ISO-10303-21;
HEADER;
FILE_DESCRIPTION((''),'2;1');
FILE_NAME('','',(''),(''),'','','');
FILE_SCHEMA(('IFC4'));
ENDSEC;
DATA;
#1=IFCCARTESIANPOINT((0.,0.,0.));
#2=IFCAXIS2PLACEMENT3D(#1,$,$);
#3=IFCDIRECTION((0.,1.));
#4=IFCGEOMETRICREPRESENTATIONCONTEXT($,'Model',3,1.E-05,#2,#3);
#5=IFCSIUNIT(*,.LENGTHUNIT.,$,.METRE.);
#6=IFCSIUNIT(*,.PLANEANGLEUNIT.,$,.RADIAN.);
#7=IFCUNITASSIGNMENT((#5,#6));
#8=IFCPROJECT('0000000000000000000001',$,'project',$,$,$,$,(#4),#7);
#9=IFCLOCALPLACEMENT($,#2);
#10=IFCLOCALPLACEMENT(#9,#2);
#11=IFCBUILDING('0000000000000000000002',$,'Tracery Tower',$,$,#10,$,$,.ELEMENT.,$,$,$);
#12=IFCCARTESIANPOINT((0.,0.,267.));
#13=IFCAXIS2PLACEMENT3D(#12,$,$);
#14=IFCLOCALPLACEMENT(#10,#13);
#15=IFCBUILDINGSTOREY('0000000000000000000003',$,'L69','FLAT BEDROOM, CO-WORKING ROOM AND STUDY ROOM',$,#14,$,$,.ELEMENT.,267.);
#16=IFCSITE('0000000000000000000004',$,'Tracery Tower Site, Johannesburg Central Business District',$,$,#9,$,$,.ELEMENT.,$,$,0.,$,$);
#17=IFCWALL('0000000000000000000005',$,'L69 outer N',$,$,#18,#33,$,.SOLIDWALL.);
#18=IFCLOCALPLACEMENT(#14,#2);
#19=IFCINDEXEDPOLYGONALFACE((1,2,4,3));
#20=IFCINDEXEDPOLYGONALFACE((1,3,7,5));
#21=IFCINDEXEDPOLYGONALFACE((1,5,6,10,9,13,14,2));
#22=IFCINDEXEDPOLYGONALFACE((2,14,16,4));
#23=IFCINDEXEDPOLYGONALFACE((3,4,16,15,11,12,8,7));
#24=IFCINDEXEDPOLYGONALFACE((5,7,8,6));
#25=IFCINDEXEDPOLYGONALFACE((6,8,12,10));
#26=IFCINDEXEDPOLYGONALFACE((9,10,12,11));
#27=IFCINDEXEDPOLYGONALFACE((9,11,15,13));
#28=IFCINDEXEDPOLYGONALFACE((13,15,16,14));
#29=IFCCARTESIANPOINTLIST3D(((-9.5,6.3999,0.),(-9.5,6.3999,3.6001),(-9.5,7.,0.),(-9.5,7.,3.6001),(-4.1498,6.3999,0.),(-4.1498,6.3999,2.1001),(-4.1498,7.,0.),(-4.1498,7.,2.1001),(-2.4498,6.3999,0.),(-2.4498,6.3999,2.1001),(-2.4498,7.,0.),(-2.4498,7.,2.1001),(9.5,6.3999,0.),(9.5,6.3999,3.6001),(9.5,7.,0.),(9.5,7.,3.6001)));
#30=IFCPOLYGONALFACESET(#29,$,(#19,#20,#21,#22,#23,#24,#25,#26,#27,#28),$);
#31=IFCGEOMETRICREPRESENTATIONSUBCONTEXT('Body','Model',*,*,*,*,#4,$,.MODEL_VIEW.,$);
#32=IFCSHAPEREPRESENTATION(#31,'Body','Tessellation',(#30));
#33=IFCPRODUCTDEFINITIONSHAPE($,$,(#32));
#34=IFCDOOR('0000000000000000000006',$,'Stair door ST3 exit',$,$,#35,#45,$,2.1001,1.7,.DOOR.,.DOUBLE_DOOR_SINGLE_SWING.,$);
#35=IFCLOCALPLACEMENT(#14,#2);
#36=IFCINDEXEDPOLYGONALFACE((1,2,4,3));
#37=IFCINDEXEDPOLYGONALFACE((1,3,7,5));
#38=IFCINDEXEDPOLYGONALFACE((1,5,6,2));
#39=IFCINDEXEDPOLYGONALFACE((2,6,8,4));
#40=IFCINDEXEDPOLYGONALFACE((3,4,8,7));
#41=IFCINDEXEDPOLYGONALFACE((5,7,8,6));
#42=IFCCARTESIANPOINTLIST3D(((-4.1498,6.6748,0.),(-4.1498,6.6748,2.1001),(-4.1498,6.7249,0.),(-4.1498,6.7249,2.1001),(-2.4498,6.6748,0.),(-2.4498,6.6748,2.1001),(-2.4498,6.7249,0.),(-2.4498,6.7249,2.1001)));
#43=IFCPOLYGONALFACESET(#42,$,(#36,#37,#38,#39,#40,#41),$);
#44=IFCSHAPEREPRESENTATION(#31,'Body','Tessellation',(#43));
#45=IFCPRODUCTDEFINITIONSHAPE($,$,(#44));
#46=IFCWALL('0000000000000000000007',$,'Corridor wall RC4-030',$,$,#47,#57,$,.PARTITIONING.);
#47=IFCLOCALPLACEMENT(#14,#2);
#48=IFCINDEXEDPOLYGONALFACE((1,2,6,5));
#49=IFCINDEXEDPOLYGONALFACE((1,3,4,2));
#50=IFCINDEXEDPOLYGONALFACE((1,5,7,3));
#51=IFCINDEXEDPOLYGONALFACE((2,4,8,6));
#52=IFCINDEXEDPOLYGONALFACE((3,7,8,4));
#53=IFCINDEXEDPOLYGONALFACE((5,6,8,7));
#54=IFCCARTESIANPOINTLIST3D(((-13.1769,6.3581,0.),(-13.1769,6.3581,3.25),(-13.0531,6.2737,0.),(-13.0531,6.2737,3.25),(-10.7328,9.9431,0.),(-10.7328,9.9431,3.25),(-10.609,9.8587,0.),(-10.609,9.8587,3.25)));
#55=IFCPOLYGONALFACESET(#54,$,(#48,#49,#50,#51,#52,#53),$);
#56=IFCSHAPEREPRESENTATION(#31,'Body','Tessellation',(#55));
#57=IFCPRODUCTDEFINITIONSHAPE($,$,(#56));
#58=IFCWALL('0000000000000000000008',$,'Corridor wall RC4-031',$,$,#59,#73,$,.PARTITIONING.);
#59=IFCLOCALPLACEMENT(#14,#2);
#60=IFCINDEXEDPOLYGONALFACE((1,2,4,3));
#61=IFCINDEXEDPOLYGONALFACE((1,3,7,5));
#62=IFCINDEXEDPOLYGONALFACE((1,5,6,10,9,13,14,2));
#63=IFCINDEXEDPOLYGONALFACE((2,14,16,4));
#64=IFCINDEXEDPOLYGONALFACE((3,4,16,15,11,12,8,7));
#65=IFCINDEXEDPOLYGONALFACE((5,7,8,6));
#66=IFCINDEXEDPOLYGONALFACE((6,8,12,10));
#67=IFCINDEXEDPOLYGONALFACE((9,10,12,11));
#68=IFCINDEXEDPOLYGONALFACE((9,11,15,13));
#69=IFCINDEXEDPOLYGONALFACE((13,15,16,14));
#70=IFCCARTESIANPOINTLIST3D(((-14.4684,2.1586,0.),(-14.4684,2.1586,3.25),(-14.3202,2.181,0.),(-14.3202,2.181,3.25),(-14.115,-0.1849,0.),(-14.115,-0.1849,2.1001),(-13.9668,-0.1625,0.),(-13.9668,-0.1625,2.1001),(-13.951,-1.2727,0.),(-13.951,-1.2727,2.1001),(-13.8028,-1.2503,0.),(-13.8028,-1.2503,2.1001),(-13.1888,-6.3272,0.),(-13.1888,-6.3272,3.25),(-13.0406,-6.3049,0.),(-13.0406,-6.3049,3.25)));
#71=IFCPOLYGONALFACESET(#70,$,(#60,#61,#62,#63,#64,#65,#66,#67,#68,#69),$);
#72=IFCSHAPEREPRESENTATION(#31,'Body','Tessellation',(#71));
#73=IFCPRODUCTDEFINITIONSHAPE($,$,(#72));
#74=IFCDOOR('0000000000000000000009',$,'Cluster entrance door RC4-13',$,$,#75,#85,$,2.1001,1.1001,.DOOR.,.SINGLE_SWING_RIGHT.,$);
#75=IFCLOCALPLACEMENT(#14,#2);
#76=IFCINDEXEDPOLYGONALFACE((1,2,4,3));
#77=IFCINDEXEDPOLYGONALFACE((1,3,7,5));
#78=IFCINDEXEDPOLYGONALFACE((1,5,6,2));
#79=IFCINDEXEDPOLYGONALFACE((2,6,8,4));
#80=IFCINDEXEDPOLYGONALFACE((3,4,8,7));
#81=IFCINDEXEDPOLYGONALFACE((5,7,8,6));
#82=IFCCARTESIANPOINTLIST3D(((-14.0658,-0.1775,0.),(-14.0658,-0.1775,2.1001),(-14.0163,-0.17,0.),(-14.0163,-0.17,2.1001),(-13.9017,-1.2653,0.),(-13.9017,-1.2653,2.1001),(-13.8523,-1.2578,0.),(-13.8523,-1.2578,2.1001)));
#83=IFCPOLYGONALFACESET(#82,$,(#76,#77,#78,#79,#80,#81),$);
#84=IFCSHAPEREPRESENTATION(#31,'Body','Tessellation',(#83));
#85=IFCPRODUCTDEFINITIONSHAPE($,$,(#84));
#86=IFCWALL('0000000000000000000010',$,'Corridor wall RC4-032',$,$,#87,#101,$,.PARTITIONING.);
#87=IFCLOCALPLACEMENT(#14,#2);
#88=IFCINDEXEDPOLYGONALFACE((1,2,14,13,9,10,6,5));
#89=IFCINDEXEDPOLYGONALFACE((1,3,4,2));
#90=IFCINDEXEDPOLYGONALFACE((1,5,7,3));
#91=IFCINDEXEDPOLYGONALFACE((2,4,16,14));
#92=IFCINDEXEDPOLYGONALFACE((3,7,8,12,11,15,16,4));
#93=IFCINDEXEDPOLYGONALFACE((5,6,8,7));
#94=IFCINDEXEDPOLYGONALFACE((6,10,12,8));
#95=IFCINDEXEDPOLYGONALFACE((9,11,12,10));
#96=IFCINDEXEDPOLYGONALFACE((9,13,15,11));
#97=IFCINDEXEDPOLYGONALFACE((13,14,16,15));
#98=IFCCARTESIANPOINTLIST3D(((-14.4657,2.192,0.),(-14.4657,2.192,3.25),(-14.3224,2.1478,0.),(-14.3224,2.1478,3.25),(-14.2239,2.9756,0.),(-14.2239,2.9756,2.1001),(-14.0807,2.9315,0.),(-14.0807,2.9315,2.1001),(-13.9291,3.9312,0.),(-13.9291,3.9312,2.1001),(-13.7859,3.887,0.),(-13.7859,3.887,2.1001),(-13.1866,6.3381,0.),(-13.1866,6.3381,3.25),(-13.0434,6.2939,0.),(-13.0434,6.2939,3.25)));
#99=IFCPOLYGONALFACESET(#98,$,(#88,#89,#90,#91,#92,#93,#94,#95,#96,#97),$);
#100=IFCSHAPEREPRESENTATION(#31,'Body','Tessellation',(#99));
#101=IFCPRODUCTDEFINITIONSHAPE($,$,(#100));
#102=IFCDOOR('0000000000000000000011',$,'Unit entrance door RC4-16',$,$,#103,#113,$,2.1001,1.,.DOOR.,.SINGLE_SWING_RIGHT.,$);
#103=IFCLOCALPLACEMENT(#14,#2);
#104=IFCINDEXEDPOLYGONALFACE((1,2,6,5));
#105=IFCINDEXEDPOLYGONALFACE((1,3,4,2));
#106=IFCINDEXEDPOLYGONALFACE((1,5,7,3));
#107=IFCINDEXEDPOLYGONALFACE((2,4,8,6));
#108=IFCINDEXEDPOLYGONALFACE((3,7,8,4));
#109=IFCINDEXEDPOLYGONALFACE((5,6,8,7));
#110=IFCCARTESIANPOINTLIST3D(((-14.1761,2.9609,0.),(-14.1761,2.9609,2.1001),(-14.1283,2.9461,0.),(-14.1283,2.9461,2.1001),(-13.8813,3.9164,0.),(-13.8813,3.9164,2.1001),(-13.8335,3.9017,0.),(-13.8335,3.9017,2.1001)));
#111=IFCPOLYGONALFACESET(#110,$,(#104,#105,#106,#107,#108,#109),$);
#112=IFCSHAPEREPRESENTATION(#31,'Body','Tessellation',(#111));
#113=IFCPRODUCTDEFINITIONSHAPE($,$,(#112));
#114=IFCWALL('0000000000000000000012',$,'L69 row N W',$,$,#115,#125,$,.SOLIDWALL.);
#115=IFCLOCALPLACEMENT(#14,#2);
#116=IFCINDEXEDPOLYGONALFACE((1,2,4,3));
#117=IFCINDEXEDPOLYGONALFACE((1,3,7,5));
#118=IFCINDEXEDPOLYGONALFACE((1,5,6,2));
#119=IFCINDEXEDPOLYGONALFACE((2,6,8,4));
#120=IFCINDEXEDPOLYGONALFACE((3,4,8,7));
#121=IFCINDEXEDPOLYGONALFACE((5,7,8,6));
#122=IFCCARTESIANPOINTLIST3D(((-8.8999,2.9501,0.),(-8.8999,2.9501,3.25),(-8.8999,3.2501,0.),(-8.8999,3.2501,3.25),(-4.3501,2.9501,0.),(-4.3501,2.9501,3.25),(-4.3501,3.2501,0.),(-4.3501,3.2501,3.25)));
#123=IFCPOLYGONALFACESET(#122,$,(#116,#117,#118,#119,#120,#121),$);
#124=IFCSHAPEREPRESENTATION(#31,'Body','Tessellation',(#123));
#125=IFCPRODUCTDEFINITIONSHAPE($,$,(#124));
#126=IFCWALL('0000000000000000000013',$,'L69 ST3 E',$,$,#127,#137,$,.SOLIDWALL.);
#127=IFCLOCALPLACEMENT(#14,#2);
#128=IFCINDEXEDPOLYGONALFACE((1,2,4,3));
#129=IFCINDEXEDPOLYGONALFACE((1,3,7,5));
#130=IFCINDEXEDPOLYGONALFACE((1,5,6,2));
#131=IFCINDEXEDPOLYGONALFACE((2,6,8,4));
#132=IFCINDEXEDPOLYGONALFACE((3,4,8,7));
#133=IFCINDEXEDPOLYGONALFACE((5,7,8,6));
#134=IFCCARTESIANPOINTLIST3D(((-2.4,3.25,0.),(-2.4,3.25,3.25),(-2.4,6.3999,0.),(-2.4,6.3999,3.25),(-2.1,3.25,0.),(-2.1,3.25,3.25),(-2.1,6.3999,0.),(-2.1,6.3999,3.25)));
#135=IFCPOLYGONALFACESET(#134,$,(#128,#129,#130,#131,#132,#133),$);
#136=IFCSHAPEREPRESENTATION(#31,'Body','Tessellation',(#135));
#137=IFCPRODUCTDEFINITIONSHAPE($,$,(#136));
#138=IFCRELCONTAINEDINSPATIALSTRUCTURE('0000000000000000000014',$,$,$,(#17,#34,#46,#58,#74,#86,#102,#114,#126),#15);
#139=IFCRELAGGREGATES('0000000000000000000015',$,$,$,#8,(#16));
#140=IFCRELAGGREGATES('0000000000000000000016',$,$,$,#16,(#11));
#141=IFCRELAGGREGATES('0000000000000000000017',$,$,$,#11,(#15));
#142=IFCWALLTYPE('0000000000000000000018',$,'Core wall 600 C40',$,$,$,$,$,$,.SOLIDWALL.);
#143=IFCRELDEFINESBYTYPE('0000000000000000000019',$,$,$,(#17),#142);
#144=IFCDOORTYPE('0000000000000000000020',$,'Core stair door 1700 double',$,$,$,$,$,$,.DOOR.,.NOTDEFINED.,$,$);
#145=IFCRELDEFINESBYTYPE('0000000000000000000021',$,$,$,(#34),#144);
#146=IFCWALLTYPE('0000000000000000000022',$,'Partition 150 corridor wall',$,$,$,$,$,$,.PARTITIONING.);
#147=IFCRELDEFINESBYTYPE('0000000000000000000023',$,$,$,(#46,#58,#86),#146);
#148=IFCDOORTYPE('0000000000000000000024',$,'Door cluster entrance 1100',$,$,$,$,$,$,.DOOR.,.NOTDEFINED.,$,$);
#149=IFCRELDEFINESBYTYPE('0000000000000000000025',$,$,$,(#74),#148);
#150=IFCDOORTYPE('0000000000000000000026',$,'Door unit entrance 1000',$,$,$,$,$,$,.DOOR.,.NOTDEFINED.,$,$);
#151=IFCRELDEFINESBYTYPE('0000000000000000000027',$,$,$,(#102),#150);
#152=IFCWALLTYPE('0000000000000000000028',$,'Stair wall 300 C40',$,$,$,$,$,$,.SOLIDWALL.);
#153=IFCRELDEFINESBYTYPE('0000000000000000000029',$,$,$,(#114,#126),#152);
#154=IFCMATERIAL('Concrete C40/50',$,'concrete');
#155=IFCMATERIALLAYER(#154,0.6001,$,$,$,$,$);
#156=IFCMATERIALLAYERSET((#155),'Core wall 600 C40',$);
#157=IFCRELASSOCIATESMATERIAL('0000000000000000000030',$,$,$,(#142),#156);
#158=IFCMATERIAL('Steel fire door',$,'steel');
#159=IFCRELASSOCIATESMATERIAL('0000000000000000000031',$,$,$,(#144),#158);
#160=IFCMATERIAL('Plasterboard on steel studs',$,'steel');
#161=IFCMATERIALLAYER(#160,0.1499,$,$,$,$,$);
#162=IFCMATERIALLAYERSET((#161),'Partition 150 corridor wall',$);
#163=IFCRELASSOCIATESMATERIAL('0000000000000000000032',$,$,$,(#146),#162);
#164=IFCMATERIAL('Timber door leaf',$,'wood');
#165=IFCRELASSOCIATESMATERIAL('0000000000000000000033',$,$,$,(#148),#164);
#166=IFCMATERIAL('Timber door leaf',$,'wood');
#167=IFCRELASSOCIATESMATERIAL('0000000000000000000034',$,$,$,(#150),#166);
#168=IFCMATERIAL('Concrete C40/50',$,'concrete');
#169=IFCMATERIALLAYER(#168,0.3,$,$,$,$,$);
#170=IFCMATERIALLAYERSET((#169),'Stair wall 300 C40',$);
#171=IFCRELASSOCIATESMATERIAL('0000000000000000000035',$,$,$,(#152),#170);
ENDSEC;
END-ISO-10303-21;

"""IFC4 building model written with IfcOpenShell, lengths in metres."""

from ifc_helpers import new_model, si_unit, direction, frame, frame_2d, origin, place, context, subcontext, project, spatial, rectangle, extrude, material, layer, layer_set, type_object, element, fill, save


model = new_model("IFC4")

# Units and contexts
model_context = context("Model", 3, precision=1e-05, world=origin(), true_north=direction((0.0, 1.0)))
body_context = subcontext(model_context, "Body", "Model", "MODEL_VIEW")
ifc_project = project(units=[si_unit("LENGTHUNIT", "METRE"), si_unit("PLANEANGLEUNIT", "RADIAN")], contexts=[model_context])

# Site, building, storey
site_placement = place(None, origin())
site = spatial("IfcSite", under=ifc_project, at=site_placement, Name="Tracery Tower Site, Johannesburg Central Business District", CompositionType="ELEMENT", RefElevation=0.0)
building_placement = place(site_placement, origin())
building = spatial("IfcBuilding", under=site, at=building_placement, Name="Tracery Tower", CompositionType="ELEMENT")
storey_placement = place(building_placement, frame((0.0, 0.0, 267.0)))
storey = spatial("IfcBuildingStorey", under=building, at=storey_placement, Name="L69", Description="FLAT BEDROOM, CO-WORKING ROOM AND STUDY ROOM", CompositionType="ELEMENT", Elevation=267.0)

# Wall, opening, door
ifc_material_1 = material(Name="Concrete C40/50", Category="concrete")
ifc_layer_1 = layer(ifc_material_1, 0.6001)
ifc_layer_set_1 = layer_set([ifc_layer_1], Name="Core wall 600 C40")
wall_type_1 = type_object("IfcWallType", Name="Core wall 600 C40", PredefinedType="SOLIDWALL", material=ifc_layer_set_1)
wall_1_placement = place(storey_placement, frame((-9.5, 6.7, 0.0), z_axis=(0.0, 0.0, 1.0), x_axis=(1.0, 0.0, 0.0)))
wall_1 = element("IfcWall", 1, at=wall_1_placement, inside=storey, type_object=wall_type_1, Name="L69 outer N", PredefinedType="SOLIDWALL", context=body_context, shape_type="SweptSolid", body=[
    extrude(rectangle(XDim=19.0, YDim=0.6001, at=frame_2d((9.5, 0.0))), origin(), (0.0, 0.0, 1.0), 3.6001),
])
opening_1_placement = place(wall_1_placement, frame((5.3501, 0.0, 0.0)))
opening_1 = element("IfcOpeningElement", 2, at=opening_1_placement, cuts=wall_1, PredefinedType="OPENING", context=body_context, shape_type="SweptSolid", body=[
    extrude(rectangle(XDim=1.7, YDim=2.1001, at=frame_2d((0.8501, 1.05))), frame((0.0, 0.3, 0.0), z_axis=(0.0, -1.0, 0.0), x_axis=(1.0, 0.0, 0.0)), (0.0, 0.0, 1.0), 0.6001),
])
ifc_material_2 = material(Name="Steel fire door", Category="steel")
door_type_1 = type_object("IfcDoorType", Name="Core stair door 1700 double", OperationType="NOTDEFINED", PredefinedType="DOOR", material=ifc_material_2)
door_1_placement = place(opening_1_placement, origin())
door_1 = element("IfcDoor", 3, at=door_1_placement, inside=storey, type_object=door_type_1, Name="Stair door ST3 exit", OperationType="DOUBLE_DOOR_SINGLE_SWING", OverallHeight=2.1001, OverallWidth=1.7, PredefinedType="DOOR", context=body_context, shape_type="SweptSolid", body=[
    extrude(rectangle(XDim=1.7, YDim=2.1001, at=frame_2d((0.8501, 1.05))), frame((0.0, 0.0249, 0.0), z_axis=(0.0, -1.0, 0.0), x_axis=(1.0, 0.0, 0.0)), (0.0, 0.0, 1.0), 0.05),
])
fill(opening_1, door_1)

# Wall
ifc_material_3 = material(Name="Plasterboard on steel studs", Category="steel")
ifc_layer_2 = layer(ifc_material_3, 0.1499)
ifc_layer_set_2 = layer_set([ifc_layer_2], Name="Partition 150 corridor wall")
wall_type_2 = type_object("IfcWallType", Name="Partition 150 corridor wall", PredefinedType="PARTITIONING", material=ifc_layer_set_2)
wall_2_placement = place(storey_placement, frame((-13.115, 6.3159, 0.0), z_axis=(0.0, 0.0, 1.0), x_axis=(0.563305, 0.826249, 0.0)))
element("IfcWall", 4, at=wall_2_placement, inside=storey, type_object=wall_type_2, Name="Corridor wall RC4-030", PredefinedType="PARTITIONING", context=body_context, shape_type="SweptSolid", body=[
    extrude(rectangle(XDim=4.3389, YDim=0.1499, at=frame_2d((2.1694, 0.0))), origin(), (0.0, 0.0, 1.0), 3.25),
])

# Walls, openings, doors
wall_3_placement = place(storey_placement, frame((-14.3943, 2.1699, 0.0), z_axis=(0.0, 0.0, 1.0), x_axis=(0.1491, -0.988822, 0.0)))
wall_3 = element("IfcWall", 5, at=wall_3_placement, inside=storey, type_object=wall_type_2, Name="Corridor wall RC4-031", PredefinedType="PARTITIONING", context=body_context, shape_type="SweptSolid", body=[
    extrude(rectangle(XDim=8.5818, YDim=0.1499, at=frame_2d((4.291, 0.0))), origin(), (0.0, 0.0, 1.0), 3.25),
])
opening_2_placement = place(wall_3_placement, frame((2.3701, 0.0, 0.0)))
opening_2 = element("IfcOpeningElement", 6, at=opening_2_placement, cuts=wall_3, PredefinedType="OPENING", context=body_context, shape_type="SweptSolid", body=[
    extrude(rectangle(XDim=1.1001, YDim=2.1001, at=frame_2d((0.55, 1.05))), frame((0.0, 0.075, 0.0), z_axis=(0.0, -1.0, 0.0), x_axis=(1.0, 0.0, 0.0)), (0.0, 0.0, 1.0), 0.1499),
])
ifc_material_4 = material(Name="Timber door leaf", Category="wood")
door_type_2 = type_object("IfcDoorType", Name="Door cluster entrance 1100", OperationType="NOTDEFINED", PredefinedType="DOOR", material=ifc_material_4)
door_2_placement = place(opening_2_placement, origin())
door_2 = element("IfcDoor", 7, at=door_2_placement, inside=storey, type_object=door_type_2, Name="Cluster entrance door RC4-13", OperationType="SINGLE_SWING_RIGHT", OverallHeight=2.1001, OverallWidth=1.1001, PredefinedType="DOOR", context=body_context, shape_type="SweptSolid", body=[
    extrude(rectangle(XDim=1.1001, YDim=2.1001, at=frame_2d((0.55, 1.05))), frame((0.0, 0.0249, 0.0), z_axis=(0.0, -1.0, 0.0), x_axis=(1.0, 0.0, 0.0)), (0.0, 0.0, 1.0), 0.05),
])
fill(opening_2, door_2)
wall_4_placement = place(storey_placement, frame((-14.394, 2.1699, 0.0), z_axis=(0.0, 0.0, 1.0), x_axis=(0.294794, 0.955561, 0.0)))
wall_4 = element("IfcWall", 8, at=wall_4_placement, inside=storey, type_object=wall_type_2, Name="Corridor wall RC4-032", PredefinedType="PARTITIONING", context=body_context, shape_type="SweptSolid", body=[
    extrude(rectangle(XDim=4.3389, YDim=0.1499, at=frame_2d((2.1694, 0.0))), origin(), (0.0, 0.0, 1.0), 3.25),
])
opening_3_placement = place(wall_4_placement, frame((0.8201, 0.0, 0.0)))
opening_3 = element("IfcOpeningElement", 9, at=opening_3_placement, cuts=wall_4, PredefinedType="OPENING", context=body_context, shape_type="SweptSolid", body=[
    extrude(rectangle(XDim=1.0, YDim=2.1001, at=frame_2d((0.5, 1.05))), frame((0.0, 0.075, 0.0), z_axis=(0.0, -1.0, 0.0), x_axis=(1.0, 0.0, 0.0)), (0.0, 0.0, 1.0), 0.1499),
])
ifc_material_5 = material(Name="Timber door leaf", Category="wood")
door_type_3 = type_object("IfcDoorType", Name="Door unit entrance 1000", OperationType="NOTDEFINED", PredefinedType="DOOR", material=ifc_material_5)
door_3_placement = place(opening_3_placement, origin())
door_3 = element("IfcDoor", 10, at=door_3_placement, inside=storey, type_object=door_type_3, Name="Unit entrance door RC4-16", OperationType="SINGLE_SWING_RIGHT", OverallHeight=2.1001, OverallWidth=1.0, PredefinedType="DOOR", context=body_context, shape_type="SweptSolid", body=[
    extrude(rectangle(XDim=1.0, YDim=2.1001, at=frame_2d((0.5, 1.05))), frame((0.0, 0.0249, 0.0), z_axis=(0.0, -1.0, 0.0), x_axis=(1.0, 0.0, 0.0)), (0.0, 0.0, 1.0), 0.05),
])
fill(opening_3, door_3)

# Wall
ifc_material_6 = material(Name="Concrete C40/50", Category="concrete")
ifc_layer_3 = layer(ifc_material_6, 0.3)
ifc_layer_set_3 = layer_set([ifc_layer_3], Name="Stair wall 300 C40")
wall_type_3 = type_object("IfcWallType", Name="Stair wall 300 C40", PredefinedType="SOLIDWALL", material=ifc_layer_set_3)
wall_5_placement = place(storey_placement, frame((-8.8999, 3.1001, 0.0), z_axis=(0.0, 0.0, 1.0), x_axis=(1.0, 0.0, 0.0)))
element("IfcWall", 11, at=wall_5_placement, inside=storey, type_object=wall_type_3, Name="L69 row N W", PredefinedType="SOLIDWALL", context=body_context, shape_type="SweptSolid", body=[
    extrude(rectangle(XDim=4.5498, YDim=0.3, at=frame_2d((2.2749, 0.0))), origin(), (0.0, 0.0, 1.0), 3.25),
])

# Wall
wall_6_placement = place(storey_placement, frame((-2.25, 3.25, 0.0), z_axis=(0.0, 0.0, 1.0), x_axis=(0.0, 1.0, 0.0)))
element("IfcWall", 12, at=wall_6_placement, inside=storey, type_object=wall_type_3, Name="L69 ST3 E", PredefinedType="SOLIDWALL", context=body_context, shape_type="SweptSolid", body=[
    extrude(rectangle(XDim=3.1499, YDim=0.3, at=frame_2d((1.575, 0.0))), origin(), (0.0, 0.0, 1.0), 3.25),
])

save(model, "model.ifc")
